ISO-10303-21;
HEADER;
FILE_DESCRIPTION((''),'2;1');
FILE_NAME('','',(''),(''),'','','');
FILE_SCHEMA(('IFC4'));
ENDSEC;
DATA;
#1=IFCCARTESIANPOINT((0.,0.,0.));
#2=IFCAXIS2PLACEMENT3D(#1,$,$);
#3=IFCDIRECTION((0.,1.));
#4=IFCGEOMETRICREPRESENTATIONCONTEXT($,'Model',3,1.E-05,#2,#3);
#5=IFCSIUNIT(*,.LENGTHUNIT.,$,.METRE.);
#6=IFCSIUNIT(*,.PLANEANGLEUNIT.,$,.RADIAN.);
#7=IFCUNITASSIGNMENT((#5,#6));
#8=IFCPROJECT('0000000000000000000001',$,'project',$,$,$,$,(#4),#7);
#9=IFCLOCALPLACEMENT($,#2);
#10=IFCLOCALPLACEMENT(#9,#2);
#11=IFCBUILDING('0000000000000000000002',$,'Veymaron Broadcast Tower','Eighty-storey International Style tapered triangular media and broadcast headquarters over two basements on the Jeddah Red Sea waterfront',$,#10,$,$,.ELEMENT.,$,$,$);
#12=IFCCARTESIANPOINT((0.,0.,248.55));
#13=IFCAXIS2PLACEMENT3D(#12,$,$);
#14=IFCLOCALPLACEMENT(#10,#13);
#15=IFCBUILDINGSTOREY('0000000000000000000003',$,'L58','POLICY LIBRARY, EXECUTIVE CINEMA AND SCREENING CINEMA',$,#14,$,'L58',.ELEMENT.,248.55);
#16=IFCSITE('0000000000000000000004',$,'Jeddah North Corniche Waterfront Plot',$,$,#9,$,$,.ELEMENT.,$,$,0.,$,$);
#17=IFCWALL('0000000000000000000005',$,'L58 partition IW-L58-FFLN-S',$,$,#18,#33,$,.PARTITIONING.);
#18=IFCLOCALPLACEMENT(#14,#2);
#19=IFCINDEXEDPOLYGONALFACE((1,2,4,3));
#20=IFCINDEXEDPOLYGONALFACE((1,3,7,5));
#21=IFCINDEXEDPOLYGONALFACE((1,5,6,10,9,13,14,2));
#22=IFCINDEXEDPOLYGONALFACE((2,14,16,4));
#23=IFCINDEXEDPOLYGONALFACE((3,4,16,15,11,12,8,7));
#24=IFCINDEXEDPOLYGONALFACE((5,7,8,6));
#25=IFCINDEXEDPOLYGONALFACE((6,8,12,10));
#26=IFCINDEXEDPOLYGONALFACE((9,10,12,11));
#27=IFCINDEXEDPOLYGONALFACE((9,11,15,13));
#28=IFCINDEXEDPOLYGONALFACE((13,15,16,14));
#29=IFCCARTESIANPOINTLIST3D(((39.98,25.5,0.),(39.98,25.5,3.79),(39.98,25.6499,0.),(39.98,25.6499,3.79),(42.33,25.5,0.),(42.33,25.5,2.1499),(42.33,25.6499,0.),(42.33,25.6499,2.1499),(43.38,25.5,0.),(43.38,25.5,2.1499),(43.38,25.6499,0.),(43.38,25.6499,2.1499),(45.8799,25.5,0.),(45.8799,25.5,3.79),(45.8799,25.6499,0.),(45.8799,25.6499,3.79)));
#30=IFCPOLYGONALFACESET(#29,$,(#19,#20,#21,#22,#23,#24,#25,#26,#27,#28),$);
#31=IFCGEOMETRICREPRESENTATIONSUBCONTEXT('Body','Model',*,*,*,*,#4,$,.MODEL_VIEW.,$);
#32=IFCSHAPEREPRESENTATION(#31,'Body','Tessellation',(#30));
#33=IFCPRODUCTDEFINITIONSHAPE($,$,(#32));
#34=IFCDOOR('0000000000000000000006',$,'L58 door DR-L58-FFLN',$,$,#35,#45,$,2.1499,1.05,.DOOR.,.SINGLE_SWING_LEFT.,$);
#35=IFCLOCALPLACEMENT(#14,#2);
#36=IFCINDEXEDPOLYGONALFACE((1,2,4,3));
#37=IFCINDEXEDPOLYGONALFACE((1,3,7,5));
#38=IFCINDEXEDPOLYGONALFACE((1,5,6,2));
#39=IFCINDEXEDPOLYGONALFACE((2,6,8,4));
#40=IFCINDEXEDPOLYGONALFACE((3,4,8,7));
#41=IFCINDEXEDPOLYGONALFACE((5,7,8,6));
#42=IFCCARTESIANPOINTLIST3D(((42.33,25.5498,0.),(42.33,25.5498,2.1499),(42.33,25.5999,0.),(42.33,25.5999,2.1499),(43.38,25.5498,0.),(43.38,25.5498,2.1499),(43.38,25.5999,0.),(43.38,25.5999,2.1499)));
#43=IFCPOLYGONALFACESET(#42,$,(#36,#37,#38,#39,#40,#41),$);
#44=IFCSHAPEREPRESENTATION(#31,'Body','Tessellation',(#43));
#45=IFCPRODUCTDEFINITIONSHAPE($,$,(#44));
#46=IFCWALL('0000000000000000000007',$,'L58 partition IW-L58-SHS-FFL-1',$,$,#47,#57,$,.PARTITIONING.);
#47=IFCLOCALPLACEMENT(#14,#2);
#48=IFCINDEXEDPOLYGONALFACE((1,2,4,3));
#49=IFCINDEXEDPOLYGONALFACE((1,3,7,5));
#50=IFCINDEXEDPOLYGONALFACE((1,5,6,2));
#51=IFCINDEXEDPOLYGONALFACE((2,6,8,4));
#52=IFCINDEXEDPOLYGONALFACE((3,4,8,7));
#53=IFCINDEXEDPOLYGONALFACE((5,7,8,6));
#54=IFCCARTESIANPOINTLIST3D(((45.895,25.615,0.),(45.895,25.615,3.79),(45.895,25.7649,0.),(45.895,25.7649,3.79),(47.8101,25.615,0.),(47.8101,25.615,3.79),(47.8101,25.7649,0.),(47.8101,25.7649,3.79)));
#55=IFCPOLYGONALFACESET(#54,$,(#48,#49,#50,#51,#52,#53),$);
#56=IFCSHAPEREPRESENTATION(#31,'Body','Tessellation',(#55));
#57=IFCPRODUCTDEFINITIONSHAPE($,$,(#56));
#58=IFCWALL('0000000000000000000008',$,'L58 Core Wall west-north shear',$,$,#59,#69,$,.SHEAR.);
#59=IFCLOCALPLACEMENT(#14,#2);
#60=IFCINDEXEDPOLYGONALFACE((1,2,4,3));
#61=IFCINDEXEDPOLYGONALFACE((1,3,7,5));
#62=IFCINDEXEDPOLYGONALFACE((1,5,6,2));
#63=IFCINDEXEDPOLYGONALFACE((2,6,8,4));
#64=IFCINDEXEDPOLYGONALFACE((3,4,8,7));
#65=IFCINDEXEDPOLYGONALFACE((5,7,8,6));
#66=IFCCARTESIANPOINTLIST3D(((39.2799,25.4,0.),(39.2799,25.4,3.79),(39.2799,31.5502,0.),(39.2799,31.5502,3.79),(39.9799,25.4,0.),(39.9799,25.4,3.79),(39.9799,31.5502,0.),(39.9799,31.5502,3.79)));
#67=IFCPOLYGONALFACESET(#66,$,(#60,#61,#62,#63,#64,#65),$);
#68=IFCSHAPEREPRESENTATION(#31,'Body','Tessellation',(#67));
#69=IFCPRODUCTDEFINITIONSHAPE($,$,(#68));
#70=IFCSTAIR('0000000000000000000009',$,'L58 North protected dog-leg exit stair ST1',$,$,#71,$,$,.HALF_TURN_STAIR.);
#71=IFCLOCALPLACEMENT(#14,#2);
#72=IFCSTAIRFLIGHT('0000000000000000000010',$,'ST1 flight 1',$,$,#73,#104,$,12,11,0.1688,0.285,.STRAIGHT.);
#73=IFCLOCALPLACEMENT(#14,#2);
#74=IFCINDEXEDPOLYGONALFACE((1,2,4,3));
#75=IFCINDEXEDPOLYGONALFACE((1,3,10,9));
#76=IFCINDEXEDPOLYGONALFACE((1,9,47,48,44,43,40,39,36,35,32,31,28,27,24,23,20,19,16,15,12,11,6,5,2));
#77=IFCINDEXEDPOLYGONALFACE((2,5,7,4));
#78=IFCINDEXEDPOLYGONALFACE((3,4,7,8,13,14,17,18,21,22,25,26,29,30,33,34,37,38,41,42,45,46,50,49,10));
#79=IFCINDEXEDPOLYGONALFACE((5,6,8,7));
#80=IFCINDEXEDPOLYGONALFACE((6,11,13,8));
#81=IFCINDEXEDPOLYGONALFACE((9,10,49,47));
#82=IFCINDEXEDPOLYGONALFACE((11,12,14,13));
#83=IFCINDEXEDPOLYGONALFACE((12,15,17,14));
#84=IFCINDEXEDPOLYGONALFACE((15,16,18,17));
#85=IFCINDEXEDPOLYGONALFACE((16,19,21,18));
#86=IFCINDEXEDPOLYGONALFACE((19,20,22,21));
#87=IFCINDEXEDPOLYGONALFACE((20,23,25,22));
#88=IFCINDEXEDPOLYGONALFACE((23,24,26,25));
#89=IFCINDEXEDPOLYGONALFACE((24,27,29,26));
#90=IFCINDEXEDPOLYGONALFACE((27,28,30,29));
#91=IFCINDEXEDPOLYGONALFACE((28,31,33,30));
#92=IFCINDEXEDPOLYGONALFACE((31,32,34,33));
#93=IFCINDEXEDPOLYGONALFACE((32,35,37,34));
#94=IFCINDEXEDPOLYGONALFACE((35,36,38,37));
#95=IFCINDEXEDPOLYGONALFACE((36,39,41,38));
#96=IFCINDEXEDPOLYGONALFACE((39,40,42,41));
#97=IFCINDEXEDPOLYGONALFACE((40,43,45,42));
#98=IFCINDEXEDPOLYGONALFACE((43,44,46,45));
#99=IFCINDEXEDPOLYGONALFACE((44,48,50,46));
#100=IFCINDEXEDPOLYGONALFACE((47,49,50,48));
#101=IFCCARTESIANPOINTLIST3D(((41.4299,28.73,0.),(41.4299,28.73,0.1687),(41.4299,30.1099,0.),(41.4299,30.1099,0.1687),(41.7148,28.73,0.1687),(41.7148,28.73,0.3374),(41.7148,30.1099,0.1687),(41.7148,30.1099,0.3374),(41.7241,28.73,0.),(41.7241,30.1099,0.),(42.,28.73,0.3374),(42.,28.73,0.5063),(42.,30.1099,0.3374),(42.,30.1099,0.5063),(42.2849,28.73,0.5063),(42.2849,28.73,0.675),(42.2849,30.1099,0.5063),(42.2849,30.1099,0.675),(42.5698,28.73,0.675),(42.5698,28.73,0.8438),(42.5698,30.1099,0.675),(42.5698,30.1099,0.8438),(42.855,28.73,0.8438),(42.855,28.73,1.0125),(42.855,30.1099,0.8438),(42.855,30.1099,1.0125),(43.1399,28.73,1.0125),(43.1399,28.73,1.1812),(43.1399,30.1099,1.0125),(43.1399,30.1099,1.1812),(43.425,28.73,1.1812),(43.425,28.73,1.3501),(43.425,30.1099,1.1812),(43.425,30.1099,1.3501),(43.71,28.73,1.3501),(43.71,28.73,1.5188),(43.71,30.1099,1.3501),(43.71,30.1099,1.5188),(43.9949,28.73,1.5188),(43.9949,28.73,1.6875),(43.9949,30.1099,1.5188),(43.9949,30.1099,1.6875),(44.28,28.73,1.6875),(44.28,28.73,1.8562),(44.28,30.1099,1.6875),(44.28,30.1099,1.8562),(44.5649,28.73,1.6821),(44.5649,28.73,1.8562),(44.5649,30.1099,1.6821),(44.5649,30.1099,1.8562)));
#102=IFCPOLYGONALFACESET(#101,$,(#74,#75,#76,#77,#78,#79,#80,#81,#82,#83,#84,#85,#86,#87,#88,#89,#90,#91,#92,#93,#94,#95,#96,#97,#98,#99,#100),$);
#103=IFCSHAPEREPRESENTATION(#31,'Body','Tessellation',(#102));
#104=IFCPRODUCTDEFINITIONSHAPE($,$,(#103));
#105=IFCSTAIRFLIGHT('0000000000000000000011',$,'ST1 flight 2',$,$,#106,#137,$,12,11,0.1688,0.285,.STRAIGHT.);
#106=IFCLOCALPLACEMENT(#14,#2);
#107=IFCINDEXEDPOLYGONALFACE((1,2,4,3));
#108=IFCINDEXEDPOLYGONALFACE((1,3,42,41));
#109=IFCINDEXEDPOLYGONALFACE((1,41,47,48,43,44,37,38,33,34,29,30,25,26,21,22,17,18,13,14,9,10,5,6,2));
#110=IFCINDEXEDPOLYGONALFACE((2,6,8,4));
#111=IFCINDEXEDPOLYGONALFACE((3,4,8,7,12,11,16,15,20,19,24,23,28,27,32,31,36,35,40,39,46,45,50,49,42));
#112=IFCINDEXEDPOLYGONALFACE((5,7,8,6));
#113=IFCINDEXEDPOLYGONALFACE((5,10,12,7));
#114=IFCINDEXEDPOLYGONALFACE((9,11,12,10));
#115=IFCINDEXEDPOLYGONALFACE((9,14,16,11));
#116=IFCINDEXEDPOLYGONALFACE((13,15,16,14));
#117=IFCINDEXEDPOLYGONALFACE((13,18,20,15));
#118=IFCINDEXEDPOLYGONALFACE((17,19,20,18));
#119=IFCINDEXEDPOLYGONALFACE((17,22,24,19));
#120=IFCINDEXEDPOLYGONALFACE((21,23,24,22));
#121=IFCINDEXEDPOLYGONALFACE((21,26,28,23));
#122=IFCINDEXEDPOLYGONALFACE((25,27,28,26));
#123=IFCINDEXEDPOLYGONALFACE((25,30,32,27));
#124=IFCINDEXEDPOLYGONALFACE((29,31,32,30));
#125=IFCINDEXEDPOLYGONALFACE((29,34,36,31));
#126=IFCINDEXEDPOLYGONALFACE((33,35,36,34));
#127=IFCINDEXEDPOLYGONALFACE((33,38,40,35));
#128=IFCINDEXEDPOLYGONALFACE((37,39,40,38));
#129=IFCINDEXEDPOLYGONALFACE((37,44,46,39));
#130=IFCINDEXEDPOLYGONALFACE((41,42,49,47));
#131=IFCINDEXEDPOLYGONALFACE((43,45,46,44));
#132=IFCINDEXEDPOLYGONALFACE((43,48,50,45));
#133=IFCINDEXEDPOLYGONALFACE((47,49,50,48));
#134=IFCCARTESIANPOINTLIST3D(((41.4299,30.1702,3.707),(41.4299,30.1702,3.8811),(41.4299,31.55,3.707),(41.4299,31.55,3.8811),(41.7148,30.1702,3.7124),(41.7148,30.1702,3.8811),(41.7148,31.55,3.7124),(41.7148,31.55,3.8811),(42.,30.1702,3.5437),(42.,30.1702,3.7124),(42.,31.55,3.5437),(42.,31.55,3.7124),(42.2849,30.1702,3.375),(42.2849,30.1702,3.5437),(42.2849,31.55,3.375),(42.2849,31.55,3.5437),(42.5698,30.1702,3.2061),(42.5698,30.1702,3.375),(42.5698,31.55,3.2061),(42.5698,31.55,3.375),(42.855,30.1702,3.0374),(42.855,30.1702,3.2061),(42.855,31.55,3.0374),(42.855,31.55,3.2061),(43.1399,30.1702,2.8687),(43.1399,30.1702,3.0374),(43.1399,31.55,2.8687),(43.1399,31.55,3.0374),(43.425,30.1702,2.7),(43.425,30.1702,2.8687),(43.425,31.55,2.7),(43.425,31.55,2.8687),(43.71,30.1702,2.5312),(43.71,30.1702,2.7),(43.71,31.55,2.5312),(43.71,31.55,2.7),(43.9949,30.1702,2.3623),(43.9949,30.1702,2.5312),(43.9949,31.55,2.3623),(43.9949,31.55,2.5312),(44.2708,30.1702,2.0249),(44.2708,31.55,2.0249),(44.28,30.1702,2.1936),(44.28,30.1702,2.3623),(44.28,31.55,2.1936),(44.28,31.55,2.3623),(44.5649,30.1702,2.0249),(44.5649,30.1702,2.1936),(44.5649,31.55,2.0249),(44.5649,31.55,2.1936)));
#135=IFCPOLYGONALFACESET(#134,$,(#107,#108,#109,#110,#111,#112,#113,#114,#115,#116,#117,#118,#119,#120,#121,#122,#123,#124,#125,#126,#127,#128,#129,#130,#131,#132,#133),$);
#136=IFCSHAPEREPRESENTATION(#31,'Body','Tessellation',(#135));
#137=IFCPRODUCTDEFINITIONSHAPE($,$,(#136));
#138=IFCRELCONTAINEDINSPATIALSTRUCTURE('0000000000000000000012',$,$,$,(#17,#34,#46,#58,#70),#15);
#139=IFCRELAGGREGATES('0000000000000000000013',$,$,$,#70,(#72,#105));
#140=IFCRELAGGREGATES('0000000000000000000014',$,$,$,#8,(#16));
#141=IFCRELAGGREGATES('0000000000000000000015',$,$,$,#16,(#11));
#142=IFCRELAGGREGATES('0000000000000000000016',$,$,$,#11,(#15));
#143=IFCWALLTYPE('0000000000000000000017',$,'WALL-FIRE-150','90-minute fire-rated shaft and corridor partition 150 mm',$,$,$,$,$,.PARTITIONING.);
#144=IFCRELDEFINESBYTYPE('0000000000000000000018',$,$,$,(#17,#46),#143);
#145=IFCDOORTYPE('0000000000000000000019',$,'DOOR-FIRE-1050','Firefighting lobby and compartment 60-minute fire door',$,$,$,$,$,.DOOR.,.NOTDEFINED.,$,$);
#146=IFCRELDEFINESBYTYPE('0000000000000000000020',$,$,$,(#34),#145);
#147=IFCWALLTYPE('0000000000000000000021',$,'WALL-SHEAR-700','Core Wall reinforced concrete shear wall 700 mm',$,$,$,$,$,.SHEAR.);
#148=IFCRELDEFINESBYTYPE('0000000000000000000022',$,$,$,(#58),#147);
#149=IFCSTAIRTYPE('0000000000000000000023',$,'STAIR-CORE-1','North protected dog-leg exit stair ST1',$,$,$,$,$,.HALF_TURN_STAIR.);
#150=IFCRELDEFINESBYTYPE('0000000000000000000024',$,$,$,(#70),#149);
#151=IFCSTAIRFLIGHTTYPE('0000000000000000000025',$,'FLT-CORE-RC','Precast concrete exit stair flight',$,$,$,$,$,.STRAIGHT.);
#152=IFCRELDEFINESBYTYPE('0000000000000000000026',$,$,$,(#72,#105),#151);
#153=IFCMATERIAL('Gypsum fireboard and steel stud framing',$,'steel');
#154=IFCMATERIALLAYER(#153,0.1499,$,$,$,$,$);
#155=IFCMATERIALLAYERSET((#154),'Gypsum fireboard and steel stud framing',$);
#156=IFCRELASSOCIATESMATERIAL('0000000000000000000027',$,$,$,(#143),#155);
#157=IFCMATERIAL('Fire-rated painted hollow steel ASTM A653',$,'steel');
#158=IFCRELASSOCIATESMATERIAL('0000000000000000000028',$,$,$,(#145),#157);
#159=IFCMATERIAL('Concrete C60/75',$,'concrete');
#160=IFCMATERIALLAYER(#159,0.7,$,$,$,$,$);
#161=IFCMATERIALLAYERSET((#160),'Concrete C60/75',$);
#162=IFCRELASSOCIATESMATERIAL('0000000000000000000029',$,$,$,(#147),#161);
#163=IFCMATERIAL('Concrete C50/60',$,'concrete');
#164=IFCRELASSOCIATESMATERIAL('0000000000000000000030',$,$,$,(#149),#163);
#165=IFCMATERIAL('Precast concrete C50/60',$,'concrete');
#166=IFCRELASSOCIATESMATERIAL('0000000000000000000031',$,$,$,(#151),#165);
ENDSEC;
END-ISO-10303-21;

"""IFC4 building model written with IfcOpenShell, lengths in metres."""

from ifc_helpers import new_model, si_unit, direction, frame, frame_2d, origin, place, context, subcontext, project, spatial, polyline, rectangle, outline, extrude, material, layer, layer_set, type_object, element, fill, aggregate, save


model = new_model("IFC4")

# Units and contexts
model_context = context("Model", 3, precision=1e-05, world=origin(), true_north=direction((0.0, 1.0)))
body_context = subcontext(model_context, "Body", "Model", "MODEL_VIEW")
ifc_project = project(units=[si_unit("LENGTHUNIT", "METRE"), si_unit("PLANEANGLEUNIT", "RADIAN")], contexts=[model_context])

# Site, building, storey
site_placement = place(None, origin())
site = spatial("IfcSite", under=ifc_project, at=site_placement, Name="Jeddah North Corniche Waterfront Plot", CompositionType="ELEMENT", RefElevation=0.0)
building_placement = place(site_placement, origin())
building = spatial("IfcBuilding", under=site, at=building_placement, Name="Veymaron Broadcast Tower", Description="Eighty-storey International Style tapered triangular media and broadcast headquarters over two basements on the Jeddah Red Sea waterfront", CompositionType="ELEMENT")
storey_placement = place(building_placement, frame((0.0, 0.0, 248.55)))
storey = spatial("IfcBuildingStorey", under=building, at=storey_placement, Name="L58", Description="POLICY LIBRARY, EXECUTIVE CINEMA AND SCREENING CINEMA", LongName="L58", CompositionType="ELEMENT", Elevation=248.55)

# Wall, opening, door
ifc_material_1 = material(Name="Gypsum fireboard and steel stud framing", Category="steel")
ifc_layer_1 = layer(ifc_material_1, 0.1499)
ifc_layer_set_1 = layer_set([ifc_layer_1], Name="Gypsum fireboard and steel stud framing")
wall_type_1 = type_object("IfcWallType", Name="WALL-FIRE-150", Description="90-minute fire-rated shaft and corridor partition 150 mm", PredefinedType="PARTITIONING", material=ifc_layer_set_1)
wall_1_placement = place(storey_placement, frame((39.98, 25.575, 0.0), z_axis=(0.0, 0.0, 1.0), x_axis=(1.0, 0.0, 0.0)))
wall_1 = element("IfcWall", 1, at=wall_1_placement, inside=storey, type_object=wall_type_1, Name="L58 partition IW-L58-FFLN-S", PredefinedType="PARTITIONING", context=body_context, shape_type="SweptSolid", body=[
    extrude(rectangle(XDim=5.8999, YDim=0.1499, at=frame_2d((2.95, 0.0))), origin(), (0.0, 0.0, 1.0), 3.79),
])
opening_1_placement = place(wall_1_placement, frame((2.3501, 0.0, 0.0)))
opening_1 = element("IfcOpeningElement", 2, at=opening_1_placement, cuts=wall_1, PredefinedType="OPENING", context=body_context, shape_type="SweptSolid", body=[
    extrude(rectangle(XDim=1.05, YDim=2.1499, at=frame_2d((0.5249, 1.075))), frame((0.0, 0.085, 0.0), z_axis=(0.0, -1.0, 0.0), x_axis=(1.0, 0.0, 0.0)), (0.0, 0.0, 1.0), 0.1699),
])
ifc_material_2 = material(Name="Fire-rated painted hollow steel ASTM A653", Category="steel")
door_type_1 = type_object("IfcDoorType", Name="DOOR-FIRE-1050", Description="Firefighting lobby and compartment 60-minute fire door", OperationType="NOTDEFINED", PredefinedType="DOOR", material=ifc_material_2)
door_1_placement = place(opening_1_placement, origin())
door_1 = element("IfcDoor", 3, at=door_1_placement, inside=storey, type_object=door_type_1, Name="L58 door DR-L58-FFLN", OperationType="SINGLE_SWING_LEFT", OverallHeight=2.1499, OverallWidth=1.05, PredefinedType="DOOR", context=body_context, shape_type="SweptSolid", body=[
    extrude(rectangle(XDim=1.05, YDim=2.1499, at=frame_2d((0.5249, 1.075))), frame((0.0, 0.0249, 0.0), z_axis=(0.0, -1.0, 0.0), x_axis=(1.0, 0.0, 0.0)), (0.0, 0.0, 1.0), 0.05),
])
fill(opening_1, door_1)

# Wall
wall_2_placement = place(storey_placement, frame((45.895, 25.6899, 0.0), z_axis=(0.0, 0.0, 1.0), x_axis=(1.0, 0.0, 0.0)))
element("IfcWall", 4, at=wall_2_placement, inside=storey, type_object=wall_type_1, Name="L58 partition IW-L58-SHS-FFL-1", PredefinedType="PARTITIONING", context=body_context, shape_type="SweptSolid", body=[
    extrude(rectangle(XDim=1.915, YDim=0.1499, at=frame_2d((0.9575, 0.0))), origin(), (0.0, 0.0, 1.0), 3.79),
])

# Shared definitions
ifc_material_3 = material(Name="Concrete C50/60", Category="concrete")

# Wall
ifc_material_4 = material(Name="Concrete C60/75", Category="concrete")
ifc_layer_2 = layer(ifc_material_4, 0.7)
ifc_layer_set_2 = layer_set([ifc_layer_2], Name="Concrete C60/75")
wall_type_2 = type_object("IfcWallType", Name="WALL-SHEAR-700", Description="Core Wall reinforced concrete shear wall 700 mm", PredefinedType="SHEAR", material=ifc_layer_set_2)
wall_3_placement = place(storey_placement, frame((39.6299, 25.3999, 0.0), z_axis=(0.0, 0.0, 1.0), x_axis=(0.0, 1.0, 0.0)))
element("IfcWall", 5, at=wall_3_placement, inside=storey, type_object=wall_type_2, Name="L58 Core Wall west-north shear", PredefinedType="SHEAR", context=body_context, shape_type="SweptSolid", body=[
    extrude(rectangle(XDim=6.1501, YDim=0.7, at=frame_2d((3.0752, 0.0))), origin(), (0.0, 0.0, 1.0), 3.79),
])

# Stair, stair flights
stair_type = type_object("IfcStairType", Name="STAIR-CORE-1", Description="North protected dog-leg exit stair ST1", PredefinedType="HALF_TURN_STAIR", material=ifc_material_3)
stair_placement = place(storey_placement, origin())
stair = element("IfcStair", 6, at=stair_placement, inside=storey, type_object=stair_type, Name="L58 North protected dog-leg exit stair ST1", PredefinedType="HALF_TURN_STAIR")
ifc_material_5 = material(Name="Precast concrete C50/60", Category="concrete")
stair_flight_type = type_object("IfcStairFlightType", Name="FLT-CORE-RC", Description="Precast concrete exit stair flight", PredefinedType="STRAIGHT", material=ifc_material_5)
stair_flight_1_placement = place(storey_placement, frame((41.4299, 29.4199, 0.0), z_axis=(0.0, 0.0, 1.0), x_axis=(1.0, 0.0, 0.0)))
stair_flight_1 = element("IfcStairFlight", 7, at=stair_flight_1_placement, type_object=stair_flight_type, Name="ST1 flight 1", NumberOfRisers=12, NumberOfTreads=11, PredefinedType="STRAIGHT", RiserHeight=0.1688, TreadLength=0.285, context=body_context, shape_type="SweptSolid", body=[
    extrude(outline(polyline([(0.0, 0.0), (0.0, 0.1687), (0.2849, 0.1687), (0.2849, 0.3374), (0.5701, 0.3374), (0.5701, 0.5063), (0.855, 0.5063), (0.855, 0.675), (1.1399, 0.675), (1.1399, 0.8438), (1.425, 0.8438), (1.425, 1.0125), (1.71, 1.0125), (1.71, 1.1812), (1.9951, 1.1812), (1.9951, 1.3501), (2.28, 1.3501), (2.28, 1.5188), (2.5649, 1.5188), (2.5649, 1.6875), (2.8501, 1.6875), (2.8501, 1.8562), (3.135, 1.8562), (3.135, 2.0249), (3.135, 1.6821), (0.2942, 0.0), (0.0, 0.0)])), frame((0.0, 0.6899, 0.0), z_axis=(0.0, -1.0, 0.0), x_axis=(1.0, 0.0, 0.0)), (0.0, 0.0, 1.0), 1.3799),
])
stair_flight_2_placement = place(storey_placement, frame((44.5649, 30.8601, 2.0249), z_axis=(0.0, 0.0, 1.0), x_axis=(-1.0, 0.0, 0.0)))
stair_flight_2 = element("IfcStairFlight", 8, at=stair_flight_2_placement, type_object=stair_flight_type, Name="ST1 flight 2", NumberOfRisers=12, NumberOfTreads=11, PredefinedType="STRAIGHT", RiserHeight=0.1688, TreadLength=0.285, context=body_context, shape_type="SweptSolid", body=[
    extrude(outline(polyline([(0.0, 0.0), (0.0, 0.1687), (0.2849, 0.1687), (0.2849, 0.3374), (0.5701, 0.3374), (0.5701, 0.5063), (0.855, 0.5063), (0.855, 0.675), (1.1399, 0.675), (1.1399, 0.8438), (1.425, 0.8438), (1.425, 1.0125), (1.71, 1.0125), (1.71, 1.1812), (1.9951, 1.1812), (1.9951, 1.3501), (2.28, 1.3501), (2.28, 1.5188), (2.5649, 1.5188), (2.5649, 1.6875), (2.8501, 1.6875), (2.8501, 1.8562), (3.135, 1.8562), (3.135, 2.0249), (3.135, 1.6821), (0.2942, 0.0), (0.0, 0.0)])), frame((0.0, 0.6899, 0.0), z_axis=(0.0, -1.0, 0.0), x_axis=(1.0, 0.0, 0.0)), (0.0, 0.0, 1.0), 1.3799),
])
aggregate(stair, [stair_flight_1, stair_flight_2])

save(model, "model.ifc")
